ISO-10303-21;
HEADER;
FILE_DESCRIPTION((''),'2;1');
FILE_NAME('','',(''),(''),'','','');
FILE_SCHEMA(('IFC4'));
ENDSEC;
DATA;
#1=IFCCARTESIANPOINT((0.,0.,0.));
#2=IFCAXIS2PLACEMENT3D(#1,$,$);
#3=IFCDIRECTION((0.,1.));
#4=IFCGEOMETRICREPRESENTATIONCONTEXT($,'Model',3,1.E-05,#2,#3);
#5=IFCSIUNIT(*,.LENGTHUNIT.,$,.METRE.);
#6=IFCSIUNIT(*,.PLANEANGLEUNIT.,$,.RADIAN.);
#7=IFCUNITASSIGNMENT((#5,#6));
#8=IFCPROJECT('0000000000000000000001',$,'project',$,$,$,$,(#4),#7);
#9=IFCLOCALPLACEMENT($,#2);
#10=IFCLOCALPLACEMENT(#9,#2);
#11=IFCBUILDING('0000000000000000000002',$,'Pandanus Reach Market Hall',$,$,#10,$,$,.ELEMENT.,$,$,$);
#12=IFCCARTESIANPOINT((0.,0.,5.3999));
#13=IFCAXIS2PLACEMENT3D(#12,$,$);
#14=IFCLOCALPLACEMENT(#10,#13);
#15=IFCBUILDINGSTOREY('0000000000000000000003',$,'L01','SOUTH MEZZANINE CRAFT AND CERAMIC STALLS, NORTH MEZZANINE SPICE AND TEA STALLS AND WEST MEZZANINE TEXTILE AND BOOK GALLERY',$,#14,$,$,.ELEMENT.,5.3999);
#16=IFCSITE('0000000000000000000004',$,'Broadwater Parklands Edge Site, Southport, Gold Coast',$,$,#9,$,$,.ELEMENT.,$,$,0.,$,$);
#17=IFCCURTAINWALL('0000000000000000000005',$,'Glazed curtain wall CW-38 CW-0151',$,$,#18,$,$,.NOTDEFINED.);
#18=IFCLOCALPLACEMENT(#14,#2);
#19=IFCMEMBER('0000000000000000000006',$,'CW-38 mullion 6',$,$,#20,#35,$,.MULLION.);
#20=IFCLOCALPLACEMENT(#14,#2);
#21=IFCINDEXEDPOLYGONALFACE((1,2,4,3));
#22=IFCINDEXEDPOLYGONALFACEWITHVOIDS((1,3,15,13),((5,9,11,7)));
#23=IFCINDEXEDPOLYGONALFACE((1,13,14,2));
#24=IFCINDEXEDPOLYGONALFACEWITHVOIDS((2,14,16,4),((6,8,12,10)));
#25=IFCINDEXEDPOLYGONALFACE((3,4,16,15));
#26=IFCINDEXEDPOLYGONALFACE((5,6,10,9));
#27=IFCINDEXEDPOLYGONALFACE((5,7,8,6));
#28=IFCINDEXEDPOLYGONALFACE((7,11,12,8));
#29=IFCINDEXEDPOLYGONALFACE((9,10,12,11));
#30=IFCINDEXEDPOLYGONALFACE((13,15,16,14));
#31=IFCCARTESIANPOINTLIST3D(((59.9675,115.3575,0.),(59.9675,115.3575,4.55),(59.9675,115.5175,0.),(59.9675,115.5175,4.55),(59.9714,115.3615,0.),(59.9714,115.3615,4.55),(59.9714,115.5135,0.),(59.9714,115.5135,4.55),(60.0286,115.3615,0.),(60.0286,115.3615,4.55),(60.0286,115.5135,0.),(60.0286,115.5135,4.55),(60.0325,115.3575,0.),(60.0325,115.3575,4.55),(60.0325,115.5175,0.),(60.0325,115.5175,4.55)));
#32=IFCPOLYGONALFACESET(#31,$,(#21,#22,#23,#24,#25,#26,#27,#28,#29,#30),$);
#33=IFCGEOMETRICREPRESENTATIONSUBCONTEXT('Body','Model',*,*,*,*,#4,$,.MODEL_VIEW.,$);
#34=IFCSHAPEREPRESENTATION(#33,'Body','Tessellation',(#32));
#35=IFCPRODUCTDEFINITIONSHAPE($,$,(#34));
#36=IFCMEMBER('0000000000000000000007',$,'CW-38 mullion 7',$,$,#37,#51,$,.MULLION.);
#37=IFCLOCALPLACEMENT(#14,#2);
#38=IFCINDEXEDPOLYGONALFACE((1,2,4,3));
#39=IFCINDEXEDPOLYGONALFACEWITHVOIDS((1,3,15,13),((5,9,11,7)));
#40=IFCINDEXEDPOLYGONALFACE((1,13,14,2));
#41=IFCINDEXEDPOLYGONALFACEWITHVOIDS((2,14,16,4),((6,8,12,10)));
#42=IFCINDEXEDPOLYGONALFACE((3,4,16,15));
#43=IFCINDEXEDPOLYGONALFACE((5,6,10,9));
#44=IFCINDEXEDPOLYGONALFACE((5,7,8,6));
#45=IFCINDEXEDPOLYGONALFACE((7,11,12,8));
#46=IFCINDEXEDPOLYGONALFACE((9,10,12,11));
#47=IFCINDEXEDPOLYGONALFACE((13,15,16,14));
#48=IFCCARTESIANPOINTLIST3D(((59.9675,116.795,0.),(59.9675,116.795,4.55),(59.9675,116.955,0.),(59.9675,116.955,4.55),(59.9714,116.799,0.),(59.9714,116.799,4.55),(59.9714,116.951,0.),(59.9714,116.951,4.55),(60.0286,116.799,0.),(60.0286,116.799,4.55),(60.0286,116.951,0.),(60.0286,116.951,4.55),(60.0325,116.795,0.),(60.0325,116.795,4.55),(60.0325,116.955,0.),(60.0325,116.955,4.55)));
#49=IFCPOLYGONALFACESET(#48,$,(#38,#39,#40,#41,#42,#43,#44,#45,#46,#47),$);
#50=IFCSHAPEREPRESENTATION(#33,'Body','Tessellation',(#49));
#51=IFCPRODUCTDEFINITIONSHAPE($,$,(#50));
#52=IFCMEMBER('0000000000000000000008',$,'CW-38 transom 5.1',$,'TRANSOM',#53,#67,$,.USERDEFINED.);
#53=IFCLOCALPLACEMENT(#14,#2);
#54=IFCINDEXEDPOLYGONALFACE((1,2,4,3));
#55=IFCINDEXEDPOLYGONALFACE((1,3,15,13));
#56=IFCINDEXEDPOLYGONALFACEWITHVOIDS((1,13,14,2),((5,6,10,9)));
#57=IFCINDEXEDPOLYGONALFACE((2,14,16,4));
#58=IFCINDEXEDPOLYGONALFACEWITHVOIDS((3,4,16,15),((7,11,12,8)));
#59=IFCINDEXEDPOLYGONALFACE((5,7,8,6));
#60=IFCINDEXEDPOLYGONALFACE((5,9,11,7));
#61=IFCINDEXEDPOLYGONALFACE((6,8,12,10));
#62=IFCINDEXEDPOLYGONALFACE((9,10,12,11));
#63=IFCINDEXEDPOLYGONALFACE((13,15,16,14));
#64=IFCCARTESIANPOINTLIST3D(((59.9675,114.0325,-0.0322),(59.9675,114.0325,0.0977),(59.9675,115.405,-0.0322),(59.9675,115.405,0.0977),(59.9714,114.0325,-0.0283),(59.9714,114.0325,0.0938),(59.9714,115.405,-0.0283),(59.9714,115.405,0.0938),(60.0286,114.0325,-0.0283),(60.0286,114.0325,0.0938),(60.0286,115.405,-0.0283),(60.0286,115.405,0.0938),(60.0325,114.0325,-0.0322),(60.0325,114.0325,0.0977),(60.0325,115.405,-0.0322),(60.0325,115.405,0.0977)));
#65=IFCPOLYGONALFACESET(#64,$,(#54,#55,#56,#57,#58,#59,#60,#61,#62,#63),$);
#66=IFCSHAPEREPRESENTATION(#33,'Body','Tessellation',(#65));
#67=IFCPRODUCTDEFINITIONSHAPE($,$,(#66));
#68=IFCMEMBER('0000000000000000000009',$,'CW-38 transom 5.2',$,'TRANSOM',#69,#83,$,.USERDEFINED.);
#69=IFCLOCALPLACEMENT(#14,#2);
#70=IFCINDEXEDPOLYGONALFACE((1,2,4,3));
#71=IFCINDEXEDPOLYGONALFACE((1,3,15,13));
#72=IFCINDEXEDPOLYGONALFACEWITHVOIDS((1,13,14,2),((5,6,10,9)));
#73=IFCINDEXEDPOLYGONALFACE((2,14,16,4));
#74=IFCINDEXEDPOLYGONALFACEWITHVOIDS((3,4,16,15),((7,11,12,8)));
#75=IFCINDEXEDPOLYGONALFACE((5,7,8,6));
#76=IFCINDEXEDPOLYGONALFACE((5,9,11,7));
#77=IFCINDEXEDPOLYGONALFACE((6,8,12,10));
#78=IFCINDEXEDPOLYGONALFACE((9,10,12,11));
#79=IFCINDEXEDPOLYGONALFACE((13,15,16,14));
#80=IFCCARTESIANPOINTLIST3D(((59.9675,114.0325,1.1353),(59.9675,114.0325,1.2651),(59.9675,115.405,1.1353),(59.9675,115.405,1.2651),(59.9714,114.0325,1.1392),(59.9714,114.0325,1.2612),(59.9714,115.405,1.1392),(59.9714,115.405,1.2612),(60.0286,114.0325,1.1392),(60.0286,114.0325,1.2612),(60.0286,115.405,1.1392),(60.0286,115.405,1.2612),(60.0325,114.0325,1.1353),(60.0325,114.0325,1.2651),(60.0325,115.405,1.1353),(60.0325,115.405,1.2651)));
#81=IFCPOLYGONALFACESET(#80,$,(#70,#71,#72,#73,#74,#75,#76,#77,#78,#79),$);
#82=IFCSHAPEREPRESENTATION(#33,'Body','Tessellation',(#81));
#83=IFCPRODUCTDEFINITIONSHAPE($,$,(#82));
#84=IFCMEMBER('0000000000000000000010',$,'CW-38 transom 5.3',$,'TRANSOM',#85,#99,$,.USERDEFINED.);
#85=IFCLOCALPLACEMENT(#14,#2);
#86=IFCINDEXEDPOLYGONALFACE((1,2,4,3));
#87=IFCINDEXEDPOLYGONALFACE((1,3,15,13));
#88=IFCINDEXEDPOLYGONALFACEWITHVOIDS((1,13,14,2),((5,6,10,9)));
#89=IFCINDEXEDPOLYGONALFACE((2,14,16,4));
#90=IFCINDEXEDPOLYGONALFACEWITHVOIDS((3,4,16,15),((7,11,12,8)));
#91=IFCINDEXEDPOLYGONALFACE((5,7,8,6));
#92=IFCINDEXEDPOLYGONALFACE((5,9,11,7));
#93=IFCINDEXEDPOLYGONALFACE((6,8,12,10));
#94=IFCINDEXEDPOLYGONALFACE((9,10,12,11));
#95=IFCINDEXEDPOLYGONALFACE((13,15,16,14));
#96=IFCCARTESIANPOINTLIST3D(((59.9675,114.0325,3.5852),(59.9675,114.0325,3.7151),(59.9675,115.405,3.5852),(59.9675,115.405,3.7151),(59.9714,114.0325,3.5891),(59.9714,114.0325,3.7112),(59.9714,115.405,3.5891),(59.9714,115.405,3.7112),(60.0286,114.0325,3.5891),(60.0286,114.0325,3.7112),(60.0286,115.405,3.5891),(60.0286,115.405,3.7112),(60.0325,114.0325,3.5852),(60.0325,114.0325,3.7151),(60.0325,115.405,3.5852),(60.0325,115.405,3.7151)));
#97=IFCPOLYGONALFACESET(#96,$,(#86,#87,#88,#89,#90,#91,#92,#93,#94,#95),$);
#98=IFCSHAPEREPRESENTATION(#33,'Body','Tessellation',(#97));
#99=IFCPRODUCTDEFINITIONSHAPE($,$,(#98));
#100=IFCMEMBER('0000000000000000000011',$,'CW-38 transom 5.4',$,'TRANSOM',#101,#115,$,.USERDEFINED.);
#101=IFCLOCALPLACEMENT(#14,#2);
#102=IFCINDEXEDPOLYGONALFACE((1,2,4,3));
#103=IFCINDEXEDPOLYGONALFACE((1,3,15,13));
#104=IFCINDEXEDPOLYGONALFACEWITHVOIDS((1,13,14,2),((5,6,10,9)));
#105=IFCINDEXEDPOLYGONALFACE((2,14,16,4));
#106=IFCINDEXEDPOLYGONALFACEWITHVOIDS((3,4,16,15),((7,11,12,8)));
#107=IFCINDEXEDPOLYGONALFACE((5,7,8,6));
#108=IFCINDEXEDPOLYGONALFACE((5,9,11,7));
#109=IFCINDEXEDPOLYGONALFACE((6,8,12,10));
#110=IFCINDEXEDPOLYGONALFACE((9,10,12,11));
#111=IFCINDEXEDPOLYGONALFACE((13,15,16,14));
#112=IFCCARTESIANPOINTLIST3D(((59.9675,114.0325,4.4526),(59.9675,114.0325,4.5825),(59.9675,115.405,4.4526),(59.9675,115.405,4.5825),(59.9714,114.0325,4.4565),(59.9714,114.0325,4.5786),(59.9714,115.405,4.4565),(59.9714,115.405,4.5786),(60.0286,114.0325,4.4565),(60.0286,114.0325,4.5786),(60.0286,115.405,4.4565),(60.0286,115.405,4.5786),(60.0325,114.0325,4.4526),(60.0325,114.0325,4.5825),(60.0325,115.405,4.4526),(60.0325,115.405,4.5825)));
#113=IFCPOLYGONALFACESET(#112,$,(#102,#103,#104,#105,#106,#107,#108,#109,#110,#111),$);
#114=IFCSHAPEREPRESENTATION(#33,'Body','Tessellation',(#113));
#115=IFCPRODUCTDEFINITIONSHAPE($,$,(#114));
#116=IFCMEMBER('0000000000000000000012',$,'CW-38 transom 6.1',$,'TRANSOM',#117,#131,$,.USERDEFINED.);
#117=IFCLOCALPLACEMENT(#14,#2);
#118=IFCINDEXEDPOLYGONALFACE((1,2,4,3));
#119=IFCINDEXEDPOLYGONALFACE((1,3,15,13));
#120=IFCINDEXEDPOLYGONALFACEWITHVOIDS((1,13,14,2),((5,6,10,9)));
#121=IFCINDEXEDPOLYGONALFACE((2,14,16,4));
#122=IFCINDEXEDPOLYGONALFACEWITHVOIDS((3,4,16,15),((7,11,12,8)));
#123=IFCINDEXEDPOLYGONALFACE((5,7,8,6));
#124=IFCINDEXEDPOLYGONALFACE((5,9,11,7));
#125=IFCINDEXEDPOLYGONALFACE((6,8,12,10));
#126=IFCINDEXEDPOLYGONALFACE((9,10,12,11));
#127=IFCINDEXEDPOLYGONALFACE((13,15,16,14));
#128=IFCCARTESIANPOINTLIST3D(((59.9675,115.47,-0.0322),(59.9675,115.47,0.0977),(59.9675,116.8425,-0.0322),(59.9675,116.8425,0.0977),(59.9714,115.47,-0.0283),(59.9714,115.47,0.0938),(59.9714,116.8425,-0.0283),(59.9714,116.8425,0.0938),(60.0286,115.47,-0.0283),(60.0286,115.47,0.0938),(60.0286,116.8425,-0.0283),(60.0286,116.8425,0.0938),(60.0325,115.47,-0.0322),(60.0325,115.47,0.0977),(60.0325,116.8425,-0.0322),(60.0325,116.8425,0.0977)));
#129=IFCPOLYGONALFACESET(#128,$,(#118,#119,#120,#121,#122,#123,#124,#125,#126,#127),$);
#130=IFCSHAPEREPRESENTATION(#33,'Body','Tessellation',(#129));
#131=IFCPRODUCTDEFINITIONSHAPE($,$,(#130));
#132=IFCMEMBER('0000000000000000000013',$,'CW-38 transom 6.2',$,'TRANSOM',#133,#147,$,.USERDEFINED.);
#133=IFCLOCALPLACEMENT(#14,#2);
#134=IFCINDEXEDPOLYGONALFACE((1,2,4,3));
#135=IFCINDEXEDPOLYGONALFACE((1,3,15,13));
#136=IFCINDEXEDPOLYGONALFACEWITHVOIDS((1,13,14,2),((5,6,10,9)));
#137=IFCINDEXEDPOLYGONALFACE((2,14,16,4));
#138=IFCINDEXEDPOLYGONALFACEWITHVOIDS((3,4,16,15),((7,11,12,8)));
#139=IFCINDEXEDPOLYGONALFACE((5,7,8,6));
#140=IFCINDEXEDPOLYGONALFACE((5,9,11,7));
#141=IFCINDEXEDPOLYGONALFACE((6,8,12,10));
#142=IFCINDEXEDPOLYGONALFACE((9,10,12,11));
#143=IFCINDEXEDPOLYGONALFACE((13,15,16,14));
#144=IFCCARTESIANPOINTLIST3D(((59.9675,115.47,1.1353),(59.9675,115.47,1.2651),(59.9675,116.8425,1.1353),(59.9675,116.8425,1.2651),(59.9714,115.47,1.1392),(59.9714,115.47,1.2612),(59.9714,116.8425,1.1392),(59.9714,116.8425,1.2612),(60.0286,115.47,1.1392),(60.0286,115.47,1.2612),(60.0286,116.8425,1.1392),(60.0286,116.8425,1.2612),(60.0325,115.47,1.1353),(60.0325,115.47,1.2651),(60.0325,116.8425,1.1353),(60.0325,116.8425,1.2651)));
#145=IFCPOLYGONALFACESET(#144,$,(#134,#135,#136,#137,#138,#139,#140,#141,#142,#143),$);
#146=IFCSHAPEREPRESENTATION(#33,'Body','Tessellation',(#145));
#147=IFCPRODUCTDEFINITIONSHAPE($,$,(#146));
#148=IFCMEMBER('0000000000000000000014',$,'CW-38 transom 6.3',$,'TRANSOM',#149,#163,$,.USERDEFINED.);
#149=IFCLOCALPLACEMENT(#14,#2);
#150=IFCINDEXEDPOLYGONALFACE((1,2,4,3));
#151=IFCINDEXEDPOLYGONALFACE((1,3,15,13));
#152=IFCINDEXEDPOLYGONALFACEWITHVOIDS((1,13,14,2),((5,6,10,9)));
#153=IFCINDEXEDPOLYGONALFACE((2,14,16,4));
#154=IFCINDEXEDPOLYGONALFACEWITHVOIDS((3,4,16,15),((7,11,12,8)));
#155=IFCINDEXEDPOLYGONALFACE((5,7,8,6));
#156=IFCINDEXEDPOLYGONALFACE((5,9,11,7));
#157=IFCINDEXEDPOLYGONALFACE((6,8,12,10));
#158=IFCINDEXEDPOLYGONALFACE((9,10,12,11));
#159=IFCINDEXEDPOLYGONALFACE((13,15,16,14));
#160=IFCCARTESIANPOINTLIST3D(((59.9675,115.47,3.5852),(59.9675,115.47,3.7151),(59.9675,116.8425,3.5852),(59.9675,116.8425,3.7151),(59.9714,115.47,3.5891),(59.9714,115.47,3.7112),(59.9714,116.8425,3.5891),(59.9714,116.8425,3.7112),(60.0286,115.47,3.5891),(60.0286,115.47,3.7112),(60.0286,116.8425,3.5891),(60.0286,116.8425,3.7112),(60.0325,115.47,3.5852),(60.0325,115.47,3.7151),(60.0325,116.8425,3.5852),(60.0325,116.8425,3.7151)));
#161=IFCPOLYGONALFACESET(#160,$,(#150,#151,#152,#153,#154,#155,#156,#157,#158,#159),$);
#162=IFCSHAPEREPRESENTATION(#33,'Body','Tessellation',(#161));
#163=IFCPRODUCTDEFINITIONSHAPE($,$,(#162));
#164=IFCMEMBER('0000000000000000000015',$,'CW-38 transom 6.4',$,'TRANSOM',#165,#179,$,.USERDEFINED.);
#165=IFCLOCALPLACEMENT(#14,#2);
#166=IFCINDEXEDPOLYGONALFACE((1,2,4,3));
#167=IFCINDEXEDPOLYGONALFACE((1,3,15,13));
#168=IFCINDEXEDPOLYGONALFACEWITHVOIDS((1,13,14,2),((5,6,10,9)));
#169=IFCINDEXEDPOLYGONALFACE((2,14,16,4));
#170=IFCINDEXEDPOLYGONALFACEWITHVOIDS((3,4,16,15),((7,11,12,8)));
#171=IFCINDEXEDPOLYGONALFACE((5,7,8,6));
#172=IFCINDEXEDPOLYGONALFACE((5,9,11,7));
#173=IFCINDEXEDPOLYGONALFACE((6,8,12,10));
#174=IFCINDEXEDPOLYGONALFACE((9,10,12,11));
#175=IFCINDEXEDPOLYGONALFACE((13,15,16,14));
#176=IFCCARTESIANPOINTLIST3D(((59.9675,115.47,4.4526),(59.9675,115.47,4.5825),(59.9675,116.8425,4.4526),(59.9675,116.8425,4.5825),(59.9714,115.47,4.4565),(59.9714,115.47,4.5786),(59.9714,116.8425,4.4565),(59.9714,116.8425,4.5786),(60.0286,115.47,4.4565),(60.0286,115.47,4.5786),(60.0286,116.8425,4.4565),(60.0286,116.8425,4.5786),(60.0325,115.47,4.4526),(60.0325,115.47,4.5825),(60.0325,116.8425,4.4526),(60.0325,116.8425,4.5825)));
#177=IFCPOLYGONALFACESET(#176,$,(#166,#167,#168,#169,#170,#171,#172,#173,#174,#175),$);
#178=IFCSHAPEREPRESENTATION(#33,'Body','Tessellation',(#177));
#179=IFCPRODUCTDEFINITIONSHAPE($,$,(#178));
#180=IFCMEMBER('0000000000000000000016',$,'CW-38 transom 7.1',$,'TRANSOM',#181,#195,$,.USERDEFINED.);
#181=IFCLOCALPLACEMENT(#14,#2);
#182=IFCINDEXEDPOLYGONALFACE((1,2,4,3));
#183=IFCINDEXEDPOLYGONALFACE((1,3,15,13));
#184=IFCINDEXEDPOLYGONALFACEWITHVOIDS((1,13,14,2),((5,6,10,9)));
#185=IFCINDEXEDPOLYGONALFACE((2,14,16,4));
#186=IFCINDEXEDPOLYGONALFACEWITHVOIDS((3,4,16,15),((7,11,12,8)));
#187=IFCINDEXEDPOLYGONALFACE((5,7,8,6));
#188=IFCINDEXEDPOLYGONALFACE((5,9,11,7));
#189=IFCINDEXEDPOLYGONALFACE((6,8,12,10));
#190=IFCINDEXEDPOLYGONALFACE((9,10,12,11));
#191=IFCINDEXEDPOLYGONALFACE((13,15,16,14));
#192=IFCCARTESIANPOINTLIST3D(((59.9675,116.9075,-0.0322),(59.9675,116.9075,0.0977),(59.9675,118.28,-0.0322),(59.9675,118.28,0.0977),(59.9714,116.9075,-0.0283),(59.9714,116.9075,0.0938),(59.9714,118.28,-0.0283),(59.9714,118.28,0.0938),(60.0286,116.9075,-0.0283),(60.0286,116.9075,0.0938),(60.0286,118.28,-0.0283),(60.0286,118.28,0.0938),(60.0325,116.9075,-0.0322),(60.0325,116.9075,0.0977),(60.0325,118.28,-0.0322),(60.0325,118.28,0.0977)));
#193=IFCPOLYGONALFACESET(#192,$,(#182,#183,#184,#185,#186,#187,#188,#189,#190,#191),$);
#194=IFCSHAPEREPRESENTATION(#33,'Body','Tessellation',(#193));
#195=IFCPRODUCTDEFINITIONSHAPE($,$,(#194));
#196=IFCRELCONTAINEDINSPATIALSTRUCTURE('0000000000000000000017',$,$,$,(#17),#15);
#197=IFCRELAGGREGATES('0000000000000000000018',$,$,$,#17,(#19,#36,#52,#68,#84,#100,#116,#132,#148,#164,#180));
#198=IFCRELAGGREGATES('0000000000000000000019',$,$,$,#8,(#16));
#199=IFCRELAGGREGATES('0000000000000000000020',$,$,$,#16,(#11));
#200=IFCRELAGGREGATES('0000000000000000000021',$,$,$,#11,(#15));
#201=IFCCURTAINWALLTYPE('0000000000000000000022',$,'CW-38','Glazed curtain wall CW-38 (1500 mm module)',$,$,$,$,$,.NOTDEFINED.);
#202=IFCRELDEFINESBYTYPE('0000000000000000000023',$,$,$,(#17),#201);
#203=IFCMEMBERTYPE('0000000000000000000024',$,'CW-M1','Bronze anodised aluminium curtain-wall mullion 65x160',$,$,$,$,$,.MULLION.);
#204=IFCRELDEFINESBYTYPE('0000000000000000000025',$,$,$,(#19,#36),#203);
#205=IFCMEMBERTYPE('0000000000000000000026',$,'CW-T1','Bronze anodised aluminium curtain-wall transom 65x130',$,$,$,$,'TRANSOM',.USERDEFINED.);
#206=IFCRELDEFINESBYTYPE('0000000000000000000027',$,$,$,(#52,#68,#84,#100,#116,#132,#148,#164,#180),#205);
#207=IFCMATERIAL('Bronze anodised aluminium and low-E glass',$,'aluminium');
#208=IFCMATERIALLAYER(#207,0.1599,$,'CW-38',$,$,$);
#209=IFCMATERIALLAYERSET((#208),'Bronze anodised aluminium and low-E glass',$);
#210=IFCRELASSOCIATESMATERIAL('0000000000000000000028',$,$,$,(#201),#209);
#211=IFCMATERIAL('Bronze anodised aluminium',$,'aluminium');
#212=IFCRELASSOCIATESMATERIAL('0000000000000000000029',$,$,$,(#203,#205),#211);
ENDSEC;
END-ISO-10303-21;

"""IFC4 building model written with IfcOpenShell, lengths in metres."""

from ifc_helpers import new_model, si_unit, direction, frame, origin, origin_2d, place, context, subcontext, project, spatial, hollow_rectangle, extrude, material, layer, layer_set, material_profile, profile_set, type_object, element, aggregate, save


model = new_model("IFC4")

# Units and contexts
model_context = context("Model", 3, precision=1e-05, world=origin(), true_north=direction((0.0, 1.0)))
body_context = subcontext(model_context, "Body", "Model", "MODEL_VIEW")
ifc_project = project(units=[si_unit("LENGTHUNIT", "METRE"), si_unit("PLANEANGLEUNIT", "RADIAN")], contexts=[model_context])

# Site, building, storey
site_placement = place(None, origin())
site = spatial("IfcSite", under=ifc_project, at=site_placement, Name="Broadwater Parklands Edge Site, Southport, Gold Coast", CompositionType="ELEMENT", RefElevation=0.0)
building_placement = place(site_placement, origin())
building = spatial("IfcBuilding", under=site, at=building_placement, Name="Pandanus Reach Market Hall", CompositionType="ELEMENT")
storey_placement = place(building_placement, frame((0.0, 0.0, 5.3999)))
storey = spatial("IfcBuildingStorey", under=building, at=storey_placement, Name="L01", Description="SOUTH MEZZANINE CRAFT AND CERAMIC STALLS, NORTH MEZZANINE SPICE AND TEA STALLS AND WEST MEZZANINE TEXTILE AND BOOK GALLERY", CompositionType="ELEMENT", Elevation=5.3999)

# Curtain wall, members
ifc_material_1 = material(Name="Bronze anodised aluminium and low-E glass", Category="aluminium")
ifc_layer_1 = layer(ifc_material_1, 0.1599, Name="CW-38")
ifc_layer_set_1 = layer_set([ifc_layer_1], Name="Bronze anodised aluminium and low-E glass")
curtain_wall_type = type_object("IfcCurtainWallType", Name="CW-38", Description="Glazed curtain wall CW-38 (1500 mm module)", PredefinedType="NOTDEFINED", material=ifc_layer_set_1)
curtain_wall_placement = place(storey_placement, origin())
curtain_wall = element("IfcCurtainWall", 1, at=curtain_wall_placement, inside=storey, type_object=curtain_wall_type, Name="Glazed curtain wall CW-38 CW-0151", PredefinedType="NOTDEFINED")
ifc_material_2 = material(Name="Bronze anodised aluminium", Category="aluminium")
ifc_material_profile_1 = material_profile(ifc_material_2, hollow_rectangle(XDim=0.0649, YDim=0.1599, WallThickness=0.0039, at=origin_2d()), Name="ALU65x160", Category="LoadBearing")
ifc_profile_set_1 = profile_set([ifc_material_profile_1], Name="Bronze anodised aluminium")
member_type_1 = type_object("IfcMemberType", Name="CW-M1", Description="Bronze anodised aluminium curtain-wall mullion 65x160", PredefinedType="MULLION", material=ifc_profile_set_1)
member_1_placement = place(storey_placement, frame((60.0, 115.4375, 0.0), z_axis=(0.0, 0.0, 1.0), x_axis=(-1.0, 0.0, 0.0)))
member_1 = element("IfcMember", 2, at=member_1_placement, type_object=member_type_1, Name="CW-38 mullion 6", PredefinedType="MULLION", context=body_context, shape_type="SweptSolid", body=[
    extrude(hollow_rectangle(XDim=0.0649, YDim=0.1599, WallThickness=0.0039, at=origin_2d()), origin(), (0.0, 0.0, 1.0), 4.55),
])
member_2_placement = place(storey_placement, frame((60.0, 116.875, 0.0), z_axis=(0.0, 0.0, 1.0), x_axis=(-1.0, 0.0, 0.0)))
member_2 = element("IfcMember", 3, at=member_2_placement, type_object=member_type_1, Name="CW-38 mullion 7", PredefinedType="MULLION", context=body_context, shape_type="SweptSolid", body=[
    extrude(hollow_rectangle(XDim=0.0649, YDim=0.1599, WallThickness=0.0039, at=origin_2d()), origin(), (0.0, 0.0, 1.0), 4.55),
])
ifc_material_profile_2 = material_profile(ifc_material_2, hollow_rectangle(XDim=0.0649, YDim=0.1299, WallThickness=0.0039, at=origin_2d()), Name="ALU65x130", Category="LoadBearing")
ifc_profile_set_2 = profile_set([ifc_material_profile_2], Name="Bronze anodised aluminium")
member_type_2 = type_object("IfcMemberType", Name="CW-T1", Description="Bronze anodised aluminium curtain-wall transom 65x130", ElementType="TRANSOM", PredefinedType="USERDEFINED", material=ifc_profile_set_2)
member_3_placement = place(storey_placement, frame((60.0, 114.0325, 0.0327), z_axis=(0.0, 1.0, 0.0), x_axis=(-1.0, 0.0, 0.0)))
member_3 = element("IfcMember", 4, at=member_3_placement, type_object=member_type_2, Name="CW-38 transom 5.1", ObjectType="TRANSOM", PredefinedType="USERDEFINED", context=body_context, shape_type="SweptSolid", body=[
    extrude(hollow_rectangle(XDim=0.0649, YDim=0.1299, WallThickness=0.0039, at=origin_2d()), origin(), (0.0, 0.0, 1.0), 1.3726),
])
member_4_placement = place(storey_placement, frame((60.0, 114.0325, 1.2002), z_axis=(0.0, 1.0, 0.0), x_axis=(-1.0, 0.0, 0.0)))
member_4 = element("IfcMember", 5, at=member_4_placement, type_object=member_type_2, Name="CW-38 transom 5.2", ObjectType="TRANSOM", PredefinedType="USERDEFINED", context=body_context, shape_type="SweptSolid", body=[
    extrude(hollow_rectangle(XDim=0.0649, YDim=0.1299, WallThickness=0.0039, at=origin_2d()), origin(), (0.0, 0.0, 1.0), 1.3726),
])
member_5_placement = place(storey_placement, frame((60.0, 114.0325, 3.6501), z_axis=(0.0, 1.0, 0.0), x_axis=(-1.0, 0.0, 0.0)))
member_5 = element("IfcMember", 6, at=member_5_placement, type_object=member_type_2, Name="CW-38 transom 5.3", ObjectType="TRANSOM", PredefinedType="USERDEFINED", context=body_context, shape_type="SweptSolid", body=[
    extrude(hollow_rectangle(XDim=0.0649, YDim=0.1299, WallThickness=0.0039, at=origin_2d()), origin(), (0.0, 0.0, 1.0), 1.3726),
])
member_6_placement = place(storey_placement, frame((60.0, 114.0325, 4.5176), z_axis=(0.0, 1.0, 0.0), x_axis=(-1.0, 0.0, 0.0)))
member_6 = element("IfcMember", 7, at=member_6_placement, type_object=member_type_2, Name="CW-38 transom 5.4", ObjectType="TRANSOM", PredefinedType="USERDEFINED", context=body_context, shape_type="SweptSolid", body=[
    extrude(hollow_rectangle(XDim=0.0649, YDim=0.1299, WallThickness=0.0039, at=origin_2d()), origin(), (0.0, 0.0, 1.0), 1.3726),
])
member_7_placement = place(storey_placement, frame((60.0, 115.47, 0.0327), z_axis=(0.0, 1.0, 0.0), x_axis=(-1.0, 0.0, 0.0)))
member_7 = element("IfcMember", 8, at=member_7_placement, type_object=member_type_2, Name="CW-38 transom 6.1", ObjectType="TRANSOM", PredefinedType="USERDEFINED", context=body_context, shape_type="SweptSolid", body=[
    extrude(hollow_rectangle(XDim=0.0649, YDim=0.1299, WallThickness=0.0039, at=origin_2d()), origin(), (0.0, 0.0, 1.0), 1.3726),
])
member_8_placement = place(storey_placement, frame((60.0, 115.47, 1.2002), z_axis=(0.0, 1.0, 0.0), x_axis=(-1.0, 0.0, 0.0)))
member_8 = element("IfcMember", 9, at=member_8_placement, type_object=member_type_2, Name="CW-38 transom 6.2", ObjectType="TRANSOM", PredefinedType="USERDEFINED", context=body_context, shape_type="SweptSolid", body=[
    extrude(hollow_rectangle(XDim=0.0649, YDim=0.1299, WallThickness=0.0039, at=origin_2d()), origin(), (0.0, 0.0, 1.0), 1.3726),
])
member_9_placement = place(storey_placement, frame((60.0, 115.47, 3.6501), z_axis=(0.0, 1.0, 0.0), x_axis=(-1.0, 0.0, 0.0)))
member_9 = element("IfcMember", 10, at=member_9_placement, type_object=member_type_2, Name="CW-38 transom 6.3", ObjectType="TRANSOM", PredefinedType="USERDEFINED", context=body_context, shape_type="SweptSolid", body=[
    extrude(hollow_rectangle(XDim=0.0649, YDim=0.1299, WallThickness=0.0039, at=origin_2d()), origin(), (0.0, 0.0, 1.0), 1.3726),
])
member_10_placement = place(storey_placement, frame((60.0, 115.47, 4.5176), z_axis=(0.0, 1.0, 0.0), x_axis=(-1.0, 0.0, 0.0)))
member_10 = element("IfcMember", 11, at=member_10_placement, type_object=member_type_2, Name="CW-38 transom 6.4", ObjectType="TRANSOM", PredefinedType="USERDEFINED", context=body_context, shape_type="SweptSolid", body=[
    extrude(hollow_rectangle(XDim=0.0649, YDim=0.1299, WallThickness=0.0039, at=origin_2d()), origin(), (0.0, 0.0, 1.0), 1.3726),
])
member_11_placement = place(storey_placement, frame((60.0, 116.9075, 0.0327), z_axis=(0.0, 1.0, 0.0), x_axis=(-1.0, 0.0, 0.0)))
member_11 = element("IfcMember", 12, at=member_11_placement, type_object=member_type_2, Name="CW-38 transom 7.1", ObjectType="TRANSOM", PredefinedType="USERDEFINED", context=body_context, shape_type="SweptSolid", body=[
    extrude(hollow_rectangle(XDim=0.0649, YDim=0.1299, WallThickness=0.0039, at=origin_2d()), origin(), (0.0, 0.0, 1.0), 1.3726),
])
aggregate(curtain_wall, [member_1, member_2, member_3, member_4, member_5, member_6, member_7, member_8, member_9, member_10, member_11])

save(model, "model.ifc")
